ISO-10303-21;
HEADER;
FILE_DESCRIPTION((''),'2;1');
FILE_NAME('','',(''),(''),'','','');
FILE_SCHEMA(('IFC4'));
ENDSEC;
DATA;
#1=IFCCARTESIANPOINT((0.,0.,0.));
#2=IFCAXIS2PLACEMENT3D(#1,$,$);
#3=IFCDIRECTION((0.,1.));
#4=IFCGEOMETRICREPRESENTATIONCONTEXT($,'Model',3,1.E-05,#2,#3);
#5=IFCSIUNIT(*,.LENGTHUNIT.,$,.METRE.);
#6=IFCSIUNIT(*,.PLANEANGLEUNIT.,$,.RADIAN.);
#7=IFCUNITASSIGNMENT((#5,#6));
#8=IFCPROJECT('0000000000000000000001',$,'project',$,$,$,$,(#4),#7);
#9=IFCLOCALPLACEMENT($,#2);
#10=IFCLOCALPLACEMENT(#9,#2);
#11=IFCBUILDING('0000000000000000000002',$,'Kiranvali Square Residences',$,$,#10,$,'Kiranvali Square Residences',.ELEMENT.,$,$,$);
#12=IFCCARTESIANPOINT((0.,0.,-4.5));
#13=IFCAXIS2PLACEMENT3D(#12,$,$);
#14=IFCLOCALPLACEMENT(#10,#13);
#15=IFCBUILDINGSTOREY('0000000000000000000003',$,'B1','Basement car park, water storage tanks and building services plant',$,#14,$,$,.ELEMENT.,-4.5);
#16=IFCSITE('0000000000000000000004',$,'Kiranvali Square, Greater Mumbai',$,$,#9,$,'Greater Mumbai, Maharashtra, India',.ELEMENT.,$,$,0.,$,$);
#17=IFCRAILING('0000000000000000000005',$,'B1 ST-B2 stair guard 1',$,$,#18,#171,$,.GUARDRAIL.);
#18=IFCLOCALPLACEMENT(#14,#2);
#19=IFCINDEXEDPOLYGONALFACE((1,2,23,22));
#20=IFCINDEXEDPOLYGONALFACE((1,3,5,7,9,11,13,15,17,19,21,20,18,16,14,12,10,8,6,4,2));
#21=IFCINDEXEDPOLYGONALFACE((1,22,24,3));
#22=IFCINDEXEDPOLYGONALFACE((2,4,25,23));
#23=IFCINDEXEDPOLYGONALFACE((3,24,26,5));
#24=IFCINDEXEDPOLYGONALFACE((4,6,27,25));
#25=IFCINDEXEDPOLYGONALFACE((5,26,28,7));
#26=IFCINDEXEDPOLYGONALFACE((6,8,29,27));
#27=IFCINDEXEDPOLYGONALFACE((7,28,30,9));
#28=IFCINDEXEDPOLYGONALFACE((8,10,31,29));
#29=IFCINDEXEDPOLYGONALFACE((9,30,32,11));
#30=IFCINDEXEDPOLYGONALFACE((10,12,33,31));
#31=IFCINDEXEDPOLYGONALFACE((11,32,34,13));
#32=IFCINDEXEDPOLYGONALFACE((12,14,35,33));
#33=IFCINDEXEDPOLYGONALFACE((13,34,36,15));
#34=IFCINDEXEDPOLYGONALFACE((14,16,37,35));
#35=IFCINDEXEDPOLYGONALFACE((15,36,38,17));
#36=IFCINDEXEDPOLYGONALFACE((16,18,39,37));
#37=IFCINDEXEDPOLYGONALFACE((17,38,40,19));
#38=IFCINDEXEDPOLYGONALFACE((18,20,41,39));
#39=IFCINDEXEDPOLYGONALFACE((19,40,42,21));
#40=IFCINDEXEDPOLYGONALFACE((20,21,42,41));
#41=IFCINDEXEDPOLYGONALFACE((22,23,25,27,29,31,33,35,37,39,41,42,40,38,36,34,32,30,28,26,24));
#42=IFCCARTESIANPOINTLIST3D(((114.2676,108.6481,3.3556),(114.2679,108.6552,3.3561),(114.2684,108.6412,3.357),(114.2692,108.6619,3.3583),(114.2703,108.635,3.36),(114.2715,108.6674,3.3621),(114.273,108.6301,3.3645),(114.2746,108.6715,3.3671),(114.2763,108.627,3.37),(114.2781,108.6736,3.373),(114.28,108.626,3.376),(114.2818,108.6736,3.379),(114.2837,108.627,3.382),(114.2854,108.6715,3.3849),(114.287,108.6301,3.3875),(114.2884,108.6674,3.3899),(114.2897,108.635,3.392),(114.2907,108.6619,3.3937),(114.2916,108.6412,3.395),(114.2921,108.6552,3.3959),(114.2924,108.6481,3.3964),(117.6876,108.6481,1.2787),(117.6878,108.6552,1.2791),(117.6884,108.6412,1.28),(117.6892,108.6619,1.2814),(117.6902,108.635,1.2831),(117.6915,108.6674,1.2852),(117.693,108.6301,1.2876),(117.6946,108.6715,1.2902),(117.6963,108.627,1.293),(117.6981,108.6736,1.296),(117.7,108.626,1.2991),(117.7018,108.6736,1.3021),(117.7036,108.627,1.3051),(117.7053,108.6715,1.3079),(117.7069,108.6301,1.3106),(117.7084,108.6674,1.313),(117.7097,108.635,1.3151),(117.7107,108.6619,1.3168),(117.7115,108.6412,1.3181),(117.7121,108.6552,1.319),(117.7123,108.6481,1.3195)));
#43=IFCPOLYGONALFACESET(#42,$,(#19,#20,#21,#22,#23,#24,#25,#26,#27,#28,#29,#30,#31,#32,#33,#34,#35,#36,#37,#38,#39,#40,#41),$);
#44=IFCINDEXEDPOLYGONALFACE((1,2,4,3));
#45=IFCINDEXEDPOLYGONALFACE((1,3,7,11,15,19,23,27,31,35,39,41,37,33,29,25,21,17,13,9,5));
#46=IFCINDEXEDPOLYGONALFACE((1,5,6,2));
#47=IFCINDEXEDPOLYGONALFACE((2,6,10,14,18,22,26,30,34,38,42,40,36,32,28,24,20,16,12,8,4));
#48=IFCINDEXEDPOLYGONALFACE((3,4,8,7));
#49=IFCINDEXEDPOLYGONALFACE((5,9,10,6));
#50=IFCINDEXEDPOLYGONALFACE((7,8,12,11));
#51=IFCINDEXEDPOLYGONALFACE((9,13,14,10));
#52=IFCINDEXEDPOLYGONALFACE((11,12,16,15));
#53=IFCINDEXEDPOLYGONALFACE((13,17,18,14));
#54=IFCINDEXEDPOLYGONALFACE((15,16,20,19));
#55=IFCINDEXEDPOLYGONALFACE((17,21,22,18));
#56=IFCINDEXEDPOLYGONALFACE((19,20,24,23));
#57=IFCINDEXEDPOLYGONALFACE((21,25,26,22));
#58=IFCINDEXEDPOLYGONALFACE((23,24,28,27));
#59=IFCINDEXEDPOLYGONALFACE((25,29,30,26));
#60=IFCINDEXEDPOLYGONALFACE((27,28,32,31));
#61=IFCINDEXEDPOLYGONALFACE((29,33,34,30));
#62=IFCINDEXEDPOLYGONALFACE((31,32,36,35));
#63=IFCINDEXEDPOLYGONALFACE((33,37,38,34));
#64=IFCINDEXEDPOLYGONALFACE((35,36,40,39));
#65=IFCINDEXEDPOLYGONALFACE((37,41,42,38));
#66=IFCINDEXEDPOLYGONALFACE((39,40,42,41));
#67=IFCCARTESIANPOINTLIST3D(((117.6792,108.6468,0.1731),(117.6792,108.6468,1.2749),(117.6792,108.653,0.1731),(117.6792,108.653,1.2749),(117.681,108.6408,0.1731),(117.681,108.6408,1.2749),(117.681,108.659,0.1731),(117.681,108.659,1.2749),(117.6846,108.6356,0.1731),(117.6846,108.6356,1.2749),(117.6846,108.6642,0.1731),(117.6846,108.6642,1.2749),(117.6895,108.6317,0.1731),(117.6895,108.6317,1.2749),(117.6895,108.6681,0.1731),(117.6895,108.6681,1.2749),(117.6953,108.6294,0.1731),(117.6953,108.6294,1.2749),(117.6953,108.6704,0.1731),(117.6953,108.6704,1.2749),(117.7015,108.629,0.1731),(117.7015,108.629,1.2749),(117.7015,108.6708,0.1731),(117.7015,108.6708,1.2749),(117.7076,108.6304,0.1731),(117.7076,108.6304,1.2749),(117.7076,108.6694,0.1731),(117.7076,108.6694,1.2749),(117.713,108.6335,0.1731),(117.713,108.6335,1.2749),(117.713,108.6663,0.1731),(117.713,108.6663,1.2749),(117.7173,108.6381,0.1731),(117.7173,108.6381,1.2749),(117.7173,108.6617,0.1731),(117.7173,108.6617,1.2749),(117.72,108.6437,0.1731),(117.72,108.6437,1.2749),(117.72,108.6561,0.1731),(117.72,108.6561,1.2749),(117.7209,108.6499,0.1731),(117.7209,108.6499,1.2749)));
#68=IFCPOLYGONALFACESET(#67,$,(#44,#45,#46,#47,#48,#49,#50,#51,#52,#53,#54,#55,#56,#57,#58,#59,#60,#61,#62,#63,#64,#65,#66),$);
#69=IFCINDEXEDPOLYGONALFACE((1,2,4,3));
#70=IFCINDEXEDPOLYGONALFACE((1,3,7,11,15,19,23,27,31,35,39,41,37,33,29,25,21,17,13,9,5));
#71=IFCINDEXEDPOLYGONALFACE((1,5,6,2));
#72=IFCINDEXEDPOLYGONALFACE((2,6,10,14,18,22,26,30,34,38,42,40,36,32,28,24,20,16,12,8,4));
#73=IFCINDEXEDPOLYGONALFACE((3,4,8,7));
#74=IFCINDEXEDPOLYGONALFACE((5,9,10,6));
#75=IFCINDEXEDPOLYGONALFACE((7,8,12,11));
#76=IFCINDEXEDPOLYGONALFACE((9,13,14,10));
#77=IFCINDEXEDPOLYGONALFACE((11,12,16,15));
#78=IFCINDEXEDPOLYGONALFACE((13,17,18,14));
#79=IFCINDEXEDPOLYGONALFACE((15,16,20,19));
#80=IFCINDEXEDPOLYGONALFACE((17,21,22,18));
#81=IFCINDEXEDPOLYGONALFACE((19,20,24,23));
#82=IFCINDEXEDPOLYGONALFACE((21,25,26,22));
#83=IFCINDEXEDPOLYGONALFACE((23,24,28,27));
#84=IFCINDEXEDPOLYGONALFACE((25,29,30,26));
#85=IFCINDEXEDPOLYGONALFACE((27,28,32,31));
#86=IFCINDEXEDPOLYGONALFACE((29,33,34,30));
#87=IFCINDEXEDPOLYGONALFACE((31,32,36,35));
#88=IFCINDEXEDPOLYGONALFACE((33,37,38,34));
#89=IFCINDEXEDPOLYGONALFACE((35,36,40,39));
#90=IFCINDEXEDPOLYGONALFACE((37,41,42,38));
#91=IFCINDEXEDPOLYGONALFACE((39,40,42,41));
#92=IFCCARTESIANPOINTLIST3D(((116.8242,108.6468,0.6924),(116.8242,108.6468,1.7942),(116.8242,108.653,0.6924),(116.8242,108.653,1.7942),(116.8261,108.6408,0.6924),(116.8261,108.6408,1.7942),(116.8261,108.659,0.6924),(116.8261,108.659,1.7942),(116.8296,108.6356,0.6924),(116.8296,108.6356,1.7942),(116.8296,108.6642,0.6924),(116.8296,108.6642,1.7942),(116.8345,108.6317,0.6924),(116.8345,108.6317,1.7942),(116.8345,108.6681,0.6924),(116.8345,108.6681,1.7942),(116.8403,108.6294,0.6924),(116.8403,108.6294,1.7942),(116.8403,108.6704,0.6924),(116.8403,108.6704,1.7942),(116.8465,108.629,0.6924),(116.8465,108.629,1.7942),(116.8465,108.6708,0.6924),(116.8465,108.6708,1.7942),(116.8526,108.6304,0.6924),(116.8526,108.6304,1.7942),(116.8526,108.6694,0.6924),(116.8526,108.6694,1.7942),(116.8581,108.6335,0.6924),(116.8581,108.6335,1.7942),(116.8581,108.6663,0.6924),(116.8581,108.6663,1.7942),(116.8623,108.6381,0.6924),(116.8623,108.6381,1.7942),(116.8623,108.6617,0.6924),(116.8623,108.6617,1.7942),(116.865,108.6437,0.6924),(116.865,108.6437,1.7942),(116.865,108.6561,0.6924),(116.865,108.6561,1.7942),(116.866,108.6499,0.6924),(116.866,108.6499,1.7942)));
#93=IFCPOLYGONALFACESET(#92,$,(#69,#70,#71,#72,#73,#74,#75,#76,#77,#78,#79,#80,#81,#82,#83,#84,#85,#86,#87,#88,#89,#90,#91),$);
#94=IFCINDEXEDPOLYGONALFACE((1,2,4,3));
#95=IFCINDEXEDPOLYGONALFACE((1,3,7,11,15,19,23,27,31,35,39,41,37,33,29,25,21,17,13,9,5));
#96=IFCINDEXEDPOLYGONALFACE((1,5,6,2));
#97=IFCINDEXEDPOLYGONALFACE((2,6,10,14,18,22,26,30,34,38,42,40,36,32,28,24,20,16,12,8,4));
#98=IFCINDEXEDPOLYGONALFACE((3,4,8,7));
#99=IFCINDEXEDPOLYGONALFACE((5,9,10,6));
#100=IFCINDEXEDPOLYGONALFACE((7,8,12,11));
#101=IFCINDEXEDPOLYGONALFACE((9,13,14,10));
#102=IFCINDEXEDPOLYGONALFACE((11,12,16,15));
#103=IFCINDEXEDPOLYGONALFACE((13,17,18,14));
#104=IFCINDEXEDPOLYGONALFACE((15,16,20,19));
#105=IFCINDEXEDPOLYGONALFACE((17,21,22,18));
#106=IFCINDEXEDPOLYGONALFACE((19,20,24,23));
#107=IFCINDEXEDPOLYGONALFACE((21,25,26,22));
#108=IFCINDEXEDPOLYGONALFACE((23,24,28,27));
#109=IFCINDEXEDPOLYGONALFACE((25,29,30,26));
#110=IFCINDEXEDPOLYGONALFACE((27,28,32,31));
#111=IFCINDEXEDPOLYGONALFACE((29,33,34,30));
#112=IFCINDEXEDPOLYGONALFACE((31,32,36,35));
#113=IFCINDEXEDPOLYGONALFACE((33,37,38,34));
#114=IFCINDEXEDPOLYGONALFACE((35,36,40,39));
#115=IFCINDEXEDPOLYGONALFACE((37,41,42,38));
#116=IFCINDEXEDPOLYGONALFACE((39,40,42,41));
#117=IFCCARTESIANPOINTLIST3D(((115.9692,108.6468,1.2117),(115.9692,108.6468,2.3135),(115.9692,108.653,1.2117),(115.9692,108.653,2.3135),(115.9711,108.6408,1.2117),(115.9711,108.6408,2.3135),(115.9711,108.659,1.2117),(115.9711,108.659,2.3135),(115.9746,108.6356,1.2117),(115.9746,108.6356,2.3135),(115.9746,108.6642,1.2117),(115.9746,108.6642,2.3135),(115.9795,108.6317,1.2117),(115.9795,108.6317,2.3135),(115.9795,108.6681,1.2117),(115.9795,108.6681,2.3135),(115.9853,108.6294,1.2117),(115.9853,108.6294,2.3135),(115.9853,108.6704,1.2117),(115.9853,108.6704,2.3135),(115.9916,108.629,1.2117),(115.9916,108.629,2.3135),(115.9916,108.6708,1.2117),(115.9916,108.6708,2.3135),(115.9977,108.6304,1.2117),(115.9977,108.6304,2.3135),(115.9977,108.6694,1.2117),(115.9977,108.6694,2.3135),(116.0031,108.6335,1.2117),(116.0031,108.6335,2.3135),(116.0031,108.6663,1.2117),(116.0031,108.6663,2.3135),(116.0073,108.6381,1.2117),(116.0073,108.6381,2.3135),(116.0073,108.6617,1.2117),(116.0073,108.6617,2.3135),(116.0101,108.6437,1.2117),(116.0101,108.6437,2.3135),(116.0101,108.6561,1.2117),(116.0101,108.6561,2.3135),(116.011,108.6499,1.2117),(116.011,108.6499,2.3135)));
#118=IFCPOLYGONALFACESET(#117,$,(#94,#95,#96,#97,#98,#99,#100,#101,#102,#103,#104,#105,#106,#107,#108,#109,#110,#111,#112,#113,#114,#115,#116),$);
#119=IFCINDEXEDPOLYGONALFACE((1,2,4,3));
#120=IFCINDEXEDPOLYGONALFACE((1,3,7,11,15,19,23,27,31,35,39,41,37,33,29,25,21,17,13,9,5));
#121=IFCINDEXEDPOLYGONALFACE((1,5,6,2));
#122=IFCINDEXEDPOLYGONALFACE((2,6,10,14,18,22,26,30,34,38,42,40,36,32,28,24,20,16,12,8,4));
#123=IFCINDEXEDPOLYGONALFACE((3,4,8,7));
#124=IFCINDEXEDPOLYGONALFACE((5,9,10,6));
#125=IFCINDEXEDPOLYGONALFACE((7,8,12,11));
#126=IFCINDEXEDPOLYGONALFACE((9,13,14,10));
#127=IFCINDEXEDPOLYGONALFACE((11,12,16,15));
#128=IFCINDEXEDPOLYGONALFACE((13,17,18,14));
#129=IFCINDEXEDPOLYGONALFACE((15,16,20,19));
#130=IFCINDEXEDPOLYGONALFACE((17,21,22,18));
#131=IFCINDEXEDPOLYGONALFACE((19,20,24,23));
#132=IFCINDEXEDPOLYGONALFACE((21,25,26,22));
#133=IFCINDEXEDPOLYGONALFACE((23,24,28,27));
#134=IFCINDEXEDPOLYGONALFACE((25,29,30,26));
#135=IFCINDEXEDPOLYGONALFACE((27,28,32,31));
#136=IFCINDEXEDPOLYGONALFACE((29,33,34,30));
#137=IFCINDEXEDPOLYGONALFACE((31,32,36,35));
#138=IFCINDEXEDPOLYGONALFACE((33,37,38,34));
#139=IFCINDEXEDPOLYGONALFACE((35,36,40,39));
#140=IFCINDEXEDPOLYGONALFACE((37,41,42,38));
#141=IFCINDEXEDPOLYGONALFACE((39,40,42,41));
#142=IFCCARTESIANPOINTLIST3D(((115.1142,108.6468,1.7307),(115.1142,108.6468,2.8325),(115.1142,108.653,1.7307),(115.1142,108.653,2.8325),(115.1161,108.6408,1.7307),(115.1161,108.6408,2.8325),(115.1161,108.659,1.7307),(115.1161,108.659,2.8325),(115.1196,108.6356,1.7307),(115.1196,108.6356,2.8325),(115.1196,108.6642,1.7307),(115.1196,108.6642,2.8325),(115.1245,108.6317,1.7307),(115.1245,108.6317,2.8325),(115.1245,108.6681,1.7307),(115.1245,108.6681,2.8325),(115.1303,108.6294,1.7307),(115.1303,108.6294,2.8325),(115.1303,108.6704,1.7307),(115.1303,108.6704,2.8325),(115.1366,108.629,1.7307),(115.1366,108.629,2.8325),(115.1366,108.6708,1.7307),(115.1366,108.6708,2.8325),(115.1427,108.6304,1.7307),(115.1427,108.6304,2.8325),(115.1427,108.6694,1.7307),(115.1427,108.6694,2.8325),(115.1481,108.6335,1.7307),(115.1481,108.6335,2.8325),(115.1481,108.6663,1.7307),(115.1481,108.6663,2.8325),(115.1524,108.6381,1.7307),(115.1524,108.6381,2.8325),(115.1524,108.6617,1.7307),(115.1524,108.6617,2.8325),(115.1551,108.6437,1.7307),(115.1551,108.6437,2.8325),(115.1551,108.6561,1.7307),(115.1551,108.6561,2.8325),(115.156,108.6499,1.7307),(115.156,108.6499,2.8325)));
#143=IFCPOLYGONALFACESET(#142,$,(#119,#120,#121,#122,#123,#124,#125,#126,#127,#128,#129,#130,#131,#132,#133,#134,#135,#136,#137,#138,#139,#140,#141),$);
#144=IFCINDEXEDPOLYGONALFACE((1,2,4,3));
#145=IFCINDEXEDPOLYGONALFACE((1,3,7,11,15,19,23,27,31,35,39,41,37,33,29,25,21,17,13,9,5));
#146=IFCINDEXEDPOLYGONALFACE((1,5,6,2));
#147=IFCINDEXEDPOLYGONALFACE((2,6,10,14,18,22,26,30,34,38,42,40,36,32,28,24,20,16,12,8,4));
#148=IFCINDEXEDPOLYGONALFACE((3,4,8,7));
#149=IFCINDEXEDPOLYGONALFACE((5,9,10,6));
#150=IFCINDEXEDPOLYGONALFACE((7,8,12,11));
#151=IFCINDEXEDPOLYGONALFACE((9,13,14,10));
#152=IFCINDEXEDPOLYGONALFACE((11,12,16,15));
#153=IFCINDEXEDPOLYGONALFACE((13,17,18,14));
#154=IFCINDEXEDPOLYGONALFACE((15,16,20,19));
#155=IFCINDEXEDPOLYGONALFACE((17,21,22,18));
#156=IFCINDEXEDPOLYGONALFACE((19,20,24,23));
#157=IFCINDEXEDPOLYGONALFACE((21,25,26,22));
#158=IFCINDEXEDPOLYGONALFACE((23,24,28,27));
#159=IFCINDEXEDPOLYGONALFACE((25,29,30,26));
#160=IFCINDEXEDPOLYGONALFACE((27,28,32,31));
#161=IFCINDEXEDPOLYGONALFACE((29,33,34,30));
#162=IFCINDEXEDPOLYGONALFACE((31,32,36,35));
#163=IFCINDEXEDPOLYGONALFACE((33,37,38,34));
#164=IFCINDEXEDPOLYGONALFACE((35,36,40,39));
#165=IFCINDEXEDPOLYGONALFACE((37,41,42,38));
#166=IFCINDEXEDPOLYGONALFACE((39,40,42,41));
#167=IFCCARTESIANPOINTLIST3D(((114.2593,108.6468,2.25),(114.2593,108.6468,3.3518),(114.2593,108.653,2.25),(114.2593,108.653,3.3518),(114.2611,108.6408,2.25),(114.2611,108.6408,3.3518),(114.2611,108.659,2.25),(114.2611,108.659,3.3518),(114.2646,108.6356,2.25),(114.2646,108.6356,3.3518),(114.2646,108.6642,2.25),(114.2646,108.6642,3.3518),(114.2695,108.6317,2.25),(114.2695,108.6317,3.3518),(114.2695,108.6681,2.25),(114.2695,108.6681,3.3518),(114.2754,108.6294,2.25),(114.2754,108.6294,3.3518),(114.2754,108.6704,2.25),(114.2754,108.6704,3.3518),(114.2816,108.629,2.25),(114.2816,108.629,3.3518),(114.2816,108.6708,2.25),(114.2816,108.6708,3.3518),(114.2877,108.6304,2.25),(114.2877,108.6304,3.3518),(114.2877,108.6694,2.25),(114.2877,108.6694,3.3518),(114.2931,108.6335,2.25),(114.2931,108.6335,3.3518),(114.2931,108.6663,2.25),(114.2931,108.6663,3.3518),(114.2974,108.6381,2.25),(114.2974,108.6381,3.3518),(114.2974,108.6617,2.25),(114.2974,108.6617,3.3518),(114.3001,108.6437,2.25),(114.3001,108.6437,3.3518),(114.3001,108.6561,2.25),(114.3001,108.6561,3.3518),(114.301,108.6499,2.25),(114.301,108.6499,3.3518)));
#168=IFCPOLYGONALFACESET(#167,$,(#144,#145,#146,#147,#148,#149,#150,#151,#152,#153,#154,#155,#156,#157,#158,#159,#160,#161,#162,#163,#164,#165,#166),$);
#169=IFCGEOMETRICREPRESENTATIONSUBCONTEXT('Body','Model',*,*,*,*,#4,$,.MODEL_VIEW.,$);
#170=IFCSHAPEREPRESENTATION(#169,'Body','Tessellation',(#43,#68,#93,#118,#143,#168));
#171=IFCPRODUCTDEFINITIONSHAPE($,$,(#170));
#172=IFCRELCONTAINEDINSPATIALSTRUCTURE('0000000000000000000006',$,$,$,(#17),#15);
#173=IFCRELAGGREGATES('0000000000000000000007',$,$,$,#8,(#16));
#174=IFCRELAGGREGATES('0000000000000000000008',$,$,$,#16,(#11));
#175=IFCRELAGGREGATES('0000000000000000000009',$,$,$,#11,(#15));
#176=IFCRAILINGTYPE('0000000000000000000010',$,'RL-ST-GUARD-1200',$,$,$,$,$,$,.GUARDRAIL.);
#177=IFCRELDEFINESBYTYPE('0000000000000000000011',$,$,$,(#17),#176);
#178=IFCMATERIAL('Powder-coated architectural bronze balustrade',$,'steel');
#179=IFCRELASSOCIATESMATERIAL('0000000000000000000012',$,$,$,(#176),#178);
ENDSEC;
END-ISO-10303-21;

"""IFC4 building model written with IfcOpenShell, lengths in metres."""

from ifc_helpers import new_model, si_unit, direction, frame, origin, origin_2d, place, context, subcontext, project, spatial, circle, extrude, material, type_object, element, save


model = new_model("IFC4")

# Units and contexts
model_context = context("Model", 3, precision=1e-05, world=origin(), true_north=direction((0.0, 1.0)))
body_context = subcontext(model_context, "Body", "Model", "MODEL_VIEW")
ifc_project = project(units=[si_unit("LENGTHUNIT", "METRE"), si_unit("PLANEANGLEUNIT", "RADIAN")], contexts=[model_context])

# Site, building, storey
site_placement = place(None, origin())
site = spatial("IfcSite", under=ifc_project, at=site_placement, Name="Kiranvali Square, Greater Mumbai", LongName="Greater Mumbai, Maharashtra, India", CompositionType="ELEMENT", RefElevation=0.0)
building_placement = place(site_placement, origin())
building = spatial("IfcBuilding", under=site, at=building_placement, Name="Kiranvali Square Residences", LongName="Kiranvali Square Residences", CompositionType="ELEMENT")
storey_placement = place(building_placement, frame((0.0, 0.0, -4.5)))
storey = spatial("IfcBuildingStorey", under=building, at=storey_placement, Name="B1", Description="Basement car park, water storage tanks and building services plant", CompositionType="ELEMENT", Elevation=-4.5)

# Railing
ifc_material_1 = material(Name="Powder-coated architectural bronze balustrade", Category="steel")
railing_type_1 = type_object("IfcRailingType", Name="RL-ST-GUARD-1200", PredefinedType="GUARDRAIL", material=ifc_material_1)
railing_1_placement = place(storey_placement, frame((117.7, 108.6499, 0.1731)))
element("IfcRailing", 1, at=railing_1_placement, inside=storey, type_object=railing_type_1, Name="B1 ST-B2 stair guard 1", PredefinedType="GUARDRAIL", context=body_context, shape_type="SweptSolid", body=[
    extrude(circle(Radius=0.0239, at=origin_2d()), frame((0.0, 0.0, 1.126), z_axis=(-0.85473, 0.0, 0.519074), x_axis=(0.0, -1.0, 0.0)), (0.0, 0.0, 1.0), 4.0012),
    extrude(circle(Radius=0.021, at=origin_2d()), origin(), (0.0, 0.0, 1.0), 1.1018),
    extrude(circle(Radius=0.021, at=origin_2d()), frame((-0.855, 0.0, 0.5193)), (0.0, 0.0, 1.0), 1.1018),
    extrude(circle(Radius=0.021, at=origin_2d()), frame((-1.71, 0.0, 1.0386)), (0.0, 0.0, 1.0), 1.1018),
    extrude(circle(Radius=0.021, at=origin_2d()), frame((-2.5649, 0.0, 1.5576)), (0.0, 0.0, 1.0), 1.1018),
    extrude(circle(Radius=0.021, at=origin_2d()), frame((-3.4199, 0.0, 2.0769)), (0.0, 0.0, 1.0), 1.1018),
])

save(model, "model.ifc")
